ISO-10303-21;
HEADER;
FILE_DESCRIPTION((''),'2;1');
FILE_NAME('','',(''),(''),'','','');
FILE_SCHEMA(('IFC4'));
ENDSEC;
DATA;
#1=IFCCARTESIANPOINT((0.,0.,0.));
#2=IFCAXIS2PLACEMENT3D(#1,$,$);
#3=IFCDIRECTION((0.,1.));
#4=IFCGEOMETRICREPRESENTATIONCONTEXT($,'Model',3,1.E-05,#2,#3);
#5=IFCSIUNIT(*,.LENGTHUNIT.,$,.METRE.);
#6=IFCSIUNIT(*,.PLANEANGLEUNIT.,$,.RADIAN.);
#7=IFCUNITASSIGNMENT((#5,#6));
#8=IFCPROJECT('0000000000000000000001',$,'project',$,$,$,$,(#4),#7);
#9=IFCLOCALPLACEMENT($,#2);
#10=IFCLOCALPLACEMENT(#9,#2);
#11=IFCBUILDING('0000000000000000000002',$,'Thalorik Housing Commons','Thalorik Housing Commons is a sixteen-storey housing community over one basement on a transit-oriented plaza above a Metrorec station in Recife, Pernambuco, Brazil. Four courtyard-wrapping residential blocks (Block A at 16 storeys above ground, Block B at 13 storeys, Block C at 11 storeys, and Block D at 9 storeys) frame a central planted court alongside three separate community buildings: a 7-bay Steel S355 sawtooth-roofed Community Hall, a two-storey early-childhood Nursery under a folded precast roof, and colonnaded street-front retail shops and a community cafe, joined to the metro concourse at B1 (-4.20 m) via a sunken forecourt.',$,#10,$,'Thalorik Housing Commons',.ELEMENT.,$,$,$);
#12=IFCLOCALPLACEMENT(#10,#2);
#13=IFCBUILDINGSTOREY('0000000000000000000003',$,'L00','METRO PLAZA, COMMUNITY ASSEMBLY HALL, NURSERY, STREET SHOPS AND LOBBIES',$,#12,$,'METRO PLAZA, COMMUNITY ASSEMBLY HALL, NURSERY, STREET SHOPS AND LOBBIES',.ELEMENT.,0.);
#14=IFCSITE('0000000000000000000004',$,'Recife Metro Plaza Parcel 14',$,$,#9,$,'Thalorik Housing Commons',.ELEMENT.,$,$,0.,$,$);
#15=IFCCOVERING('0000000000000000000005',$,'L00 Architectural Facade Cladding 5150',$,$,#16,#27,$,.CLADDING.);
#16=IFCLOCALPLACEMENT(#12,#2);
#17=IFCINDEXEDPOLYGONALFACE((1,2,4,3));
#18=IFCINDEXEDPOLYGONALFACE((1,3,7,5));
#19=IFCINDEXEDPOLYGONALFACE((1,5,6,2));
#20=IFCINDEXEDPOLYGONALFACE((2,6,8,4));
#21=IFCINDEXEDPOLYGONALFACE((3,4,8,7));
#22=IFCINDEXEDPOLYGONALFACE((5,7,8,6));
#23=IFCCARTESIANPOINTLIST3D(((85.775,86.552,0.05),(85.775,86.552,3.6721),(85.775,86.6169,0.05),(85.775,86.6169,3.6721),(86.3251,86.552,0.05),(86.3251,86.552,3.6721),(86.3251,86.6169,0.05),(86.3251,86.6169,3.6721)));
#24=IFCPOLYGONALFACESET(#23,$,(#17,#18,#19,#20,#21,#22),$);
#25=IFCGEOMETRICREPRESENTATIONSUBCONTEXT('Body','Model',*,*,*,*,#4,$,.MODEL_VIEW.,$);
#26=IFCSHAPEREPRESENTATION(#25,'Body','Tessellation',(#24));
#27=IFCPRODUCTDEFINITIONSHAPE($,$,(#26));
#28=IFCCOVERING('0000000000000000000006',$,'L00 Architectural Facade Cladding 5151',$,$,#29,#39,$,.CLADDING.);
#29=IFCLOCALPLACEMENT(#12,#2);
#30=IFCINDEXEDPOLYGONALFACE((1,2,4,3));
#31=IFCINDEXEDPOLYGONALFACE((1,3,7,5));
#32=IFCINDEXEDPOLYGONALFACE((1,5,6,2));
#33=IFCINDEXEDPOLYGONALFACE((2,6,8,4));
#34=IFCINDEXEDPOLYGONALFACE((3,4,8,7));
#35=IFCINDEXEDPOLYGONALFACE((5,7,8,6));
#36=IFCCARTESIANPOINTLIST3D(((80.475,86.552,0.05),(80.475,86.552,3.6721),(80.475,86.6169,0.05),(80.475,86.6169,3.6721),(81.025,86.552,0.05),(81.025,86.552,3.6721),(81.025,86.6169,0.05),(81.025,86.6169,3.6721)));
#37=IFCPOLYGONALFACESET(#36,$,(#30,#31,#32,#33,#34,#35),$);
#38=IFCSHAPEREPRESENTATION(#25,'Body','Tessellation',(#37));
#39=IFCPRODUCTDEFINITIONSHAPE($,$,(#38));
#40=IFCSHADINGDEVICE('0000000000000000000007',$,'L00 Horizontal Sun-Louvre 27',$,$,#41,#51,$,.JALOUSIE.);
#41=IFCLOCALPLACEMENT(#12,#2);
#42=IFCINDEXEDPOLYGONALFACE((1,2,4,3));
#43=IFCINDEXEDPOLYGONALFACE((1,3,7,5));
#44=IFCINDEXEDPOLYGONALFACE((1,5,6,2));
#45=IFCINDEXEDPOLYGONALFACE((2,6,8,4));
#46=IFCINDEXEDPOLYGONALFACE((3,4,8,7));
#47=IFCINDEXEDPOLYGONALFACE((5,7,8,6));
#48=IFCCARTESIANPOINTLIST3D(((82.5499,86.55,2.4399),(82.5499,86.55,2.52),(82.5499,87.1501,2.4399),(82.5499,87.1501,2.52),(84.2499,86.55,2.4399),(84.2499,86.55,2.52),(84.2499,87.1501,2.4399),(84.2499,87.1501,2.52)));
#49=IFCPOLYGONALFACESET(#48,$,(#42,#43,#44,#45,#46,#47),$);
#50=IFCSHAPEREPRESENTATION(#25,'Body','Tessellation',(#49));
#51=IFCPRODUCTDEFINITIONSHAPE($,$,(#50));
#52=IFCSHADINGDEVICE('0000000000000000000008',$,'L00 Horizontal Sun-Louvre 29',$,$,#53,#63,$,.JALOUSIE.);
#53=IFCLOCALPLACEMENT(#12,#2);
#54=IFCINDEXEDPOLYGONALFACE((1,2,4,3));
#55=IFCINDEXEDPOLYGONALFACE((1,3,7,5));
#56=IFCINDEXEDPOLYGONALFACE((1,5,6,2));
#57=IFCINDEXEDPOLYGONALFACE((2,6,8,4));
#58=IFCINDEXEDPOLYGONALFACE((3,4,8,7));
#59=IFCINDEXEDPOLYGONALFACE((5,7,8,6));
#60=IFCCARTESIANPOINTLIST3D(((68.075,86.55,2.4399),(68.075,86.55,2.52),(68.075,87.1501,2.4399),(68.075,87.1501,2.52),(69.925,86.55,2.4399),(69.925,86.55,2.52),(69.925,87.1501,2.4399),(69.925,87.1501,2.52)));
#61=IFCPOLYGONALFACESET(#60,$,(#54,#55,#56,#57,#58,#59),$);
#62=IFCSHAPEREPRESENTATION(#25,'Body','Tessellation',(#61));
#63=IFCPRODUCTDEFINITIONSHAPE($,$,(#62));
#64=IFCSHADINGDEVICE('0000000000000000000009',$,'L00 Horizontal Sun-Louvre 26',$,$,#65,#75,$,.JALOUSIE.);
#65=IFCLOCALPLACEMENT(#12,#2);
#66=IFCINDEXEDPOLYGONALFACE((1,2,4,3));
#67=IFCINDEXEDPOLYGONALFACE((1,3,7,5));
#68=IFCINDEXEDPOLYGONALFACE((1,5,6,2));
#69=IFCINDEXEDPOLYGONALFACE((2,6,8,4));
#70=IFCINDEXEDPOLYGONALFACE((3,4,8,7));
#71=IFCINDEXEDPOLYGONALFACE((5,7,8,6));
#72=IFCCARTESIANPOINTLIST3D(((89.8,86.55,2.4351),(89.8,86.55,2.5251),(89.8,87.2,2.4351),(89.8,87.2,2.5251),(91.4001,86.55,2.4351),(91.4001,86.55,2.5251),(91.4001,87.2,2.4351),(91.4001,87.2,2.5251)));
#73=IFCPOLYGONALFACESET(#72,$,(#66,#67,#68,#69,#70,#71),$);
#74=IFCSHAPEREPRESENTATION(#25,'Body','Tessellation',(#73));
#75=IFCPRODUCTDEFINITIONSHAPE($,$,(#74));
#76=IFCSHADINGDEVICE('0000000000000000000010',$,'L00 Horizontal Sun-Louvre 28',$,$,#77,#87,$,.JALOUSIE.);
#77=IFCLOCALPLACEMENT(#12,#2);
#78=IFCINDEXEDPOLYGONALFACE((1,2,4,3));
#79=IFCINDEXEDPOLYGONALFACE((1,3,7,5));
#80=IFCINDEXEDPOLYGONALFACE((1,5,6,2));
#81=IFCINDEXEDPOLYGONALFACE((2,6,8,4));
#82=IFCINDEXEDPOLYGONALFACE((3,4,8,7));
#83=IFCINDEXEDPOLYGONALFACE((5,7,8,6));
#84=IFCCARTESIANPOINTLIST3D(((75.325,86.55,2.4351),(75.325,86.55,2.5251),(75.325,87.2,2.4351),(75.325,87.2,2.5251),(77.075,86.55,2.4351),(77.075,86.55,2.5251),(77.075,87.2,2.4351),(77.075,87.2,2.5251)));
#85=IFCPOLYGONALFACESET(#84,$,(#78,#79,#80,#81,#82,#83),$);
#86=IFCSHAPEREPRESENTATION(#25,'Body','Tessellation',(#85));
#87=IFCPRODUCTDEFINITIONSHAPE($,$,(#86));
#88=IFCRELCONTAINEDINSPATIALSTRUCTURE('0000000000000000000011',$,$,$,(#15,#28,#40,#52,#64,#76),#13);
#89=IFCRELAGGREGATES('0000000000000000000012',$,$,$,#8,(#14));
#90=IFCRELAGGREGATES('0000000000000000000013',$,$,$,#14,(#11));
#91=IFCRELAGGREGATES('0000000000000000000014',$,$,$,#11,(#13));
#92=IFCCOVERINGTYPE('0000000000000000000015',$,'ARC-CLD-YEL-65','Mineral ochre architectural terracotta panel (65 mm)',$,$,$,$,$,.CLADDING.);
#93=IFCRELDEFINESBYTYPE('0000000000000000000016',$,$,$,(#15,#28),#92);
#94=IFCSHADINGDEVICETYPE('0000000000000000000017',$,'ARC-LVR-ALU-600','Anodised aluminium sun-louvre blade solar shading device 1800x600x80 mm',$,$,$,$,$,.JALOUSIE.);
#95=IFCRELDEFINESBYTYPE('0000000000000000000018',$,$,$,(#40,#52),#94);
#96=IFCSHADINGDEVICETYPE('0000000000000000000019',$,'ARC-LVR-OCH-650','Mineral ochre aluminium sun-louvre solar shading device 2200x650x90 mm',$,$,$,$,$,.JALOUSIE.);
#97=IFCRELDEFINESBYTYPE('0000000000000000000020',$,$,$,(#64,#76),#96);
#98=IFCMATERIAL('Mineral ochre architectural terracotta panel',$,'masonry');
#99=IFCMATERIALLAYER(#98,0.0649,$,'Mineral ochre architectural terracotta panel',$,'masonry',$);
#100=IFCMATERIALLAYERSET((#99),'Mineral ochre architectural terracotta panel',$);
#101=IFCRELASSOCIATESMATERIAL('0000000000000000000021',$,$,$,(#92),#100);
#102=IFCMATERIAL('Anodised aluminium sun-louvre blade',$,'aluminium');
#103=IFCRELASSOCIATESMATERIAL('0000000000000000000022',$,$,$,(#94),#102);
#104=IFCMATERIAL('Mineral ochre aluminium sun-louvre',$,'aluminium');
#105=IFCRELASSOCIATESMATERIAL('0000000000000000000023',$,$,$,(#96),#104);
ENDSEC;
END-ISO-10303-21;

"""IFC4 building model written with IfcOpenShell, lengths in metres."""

from ifc_helpers import new_model, si_unit, direction, frame, origin, origin_2d, place, context, subcontext, project, spatial, rectangle, extrude, material, layer, layer_set, type_object, element, save


model = new_model("IFC4")

# Units and contexts
model_context = context("Model", 3, precision=1e-05, world=origin(), true_north=direction((0.0, 1.0)))
body_context = subcontext(model_context, "Body", "Model", "MODEL_VIEW")
ifc_project = project(units=[si_unit("LENGTHUNIT", "METRE"), si_unit("PLANEANGLEUNIT", "RADIAN")], contexts=[model_context])

# Site, building, storey
site_placement = place(None, origin())
site = spatial("IfcSite", under=ifc_project, at=site_placement, Name="Recife Metro Plaza Parcel 14", LongName="Thalorik Housing Commons", CompositionType="ELEMENT", RefElevation=0.0)
building_placement = place(site_placement, origin())
building = spatial("IfcBuilding", under=site, at=building_placement, Name="Thalorik Housing Commons", Description="Thalorik Housing Commons is a sixteen-storey housing community over one basement on a transit-oriented plaza above a Metrorec station in Recife, Pernambuco, Brazil. Four courtyard-wrapping residential blocks (Block A at 16 storeys above ground, Block B at 13 storeys, Block C at 11 storeys, and Block D at 9 storeys) frame a central planted court alongside three separate community buildings: a 7-bay Steel S355 sawtooth-roofed Community Hall, a two-storey early-childhood Nursery under a folded precast roof, and colonnaded street-front retail shops and a community cafe, joined to the metro concourse at B1 (-4.20 m) via a sunken forecourt.", LongName="Thalorik Housing Commons", CompositionType="ELEMENT")
storey_placement = place(building_placement, origin())
storey = spatial("IfcBuildingStorey", under=building, at=storey_placement, Name="L00", Description="METRO PLAZA, COMMUNITY ASSEMBLY HALL, NURSERY, STREET SHOPS AND LOBBIES", LongName="METRO PLAZA, COMMUNITY ASSEMBLY HALL, NURSERY, STREET SHOPS AND LOBBIES", CompositionType="ELEMENT", Elevation=0.0)

# Coverings
ifc_material_1 = material(Name="Mineral ochre architectural terracotta panel", Category="masonry")
ifc_layer_1 = layer(ifc_material_1, 0.0649, Name="Mineral ochre architectural terracotta panel", Category="masonry")
ifc_layer_set_1 = layer_set([ifc_layer_1], Name="Mineral ochre architectural terracotta panel")
covering_type_1 = type_object("IfcCoveringType", Name="ARC-CLD-YEL-65", Description="Mineral ochre architectural terracotta panel (65 mm)", PredefinedType="CLADDING", material=ifc_layer_set_1)
for number, where, z_axis, x_axis, name in (
    (1, (86.05, 86.5845, 0.05), (0.0, 0.0, 1.0), (-1.0, 0.0, 0.0), "L00 Architectural Facade Cladding 5150"),
    (2, (80.75, 86.5845, 0.05), (0.0, 0.0, 1.0), (-1.0, 0.0, 0.0), "L00 Architectural Facade Cladding 5151"),
):
    element("IfcCovering", number, at=place(storey_placement, frame(where, z_axis=z_axis, x_axis=x_axis)), inside=storey, type_object=covering_type_1, Name=name, PredefinedType="CLADDING", context=body_context, shape_type="SweptSolid", body=[
        extrude(rectangle(XDim=0.55, YDim=0.0649, at=origin_2d()), origin(), (0.0, 0.0, 1.0), 3.6221),
    ])

# Shading devices
ifc_material_2 = material(Name="Anodised aluminium sun-louvre blade", Category="aluminium")
shading_device_type_1 = type_object("IfcShadingDeviceType", Name="ARC-LVR-ALU-600", Description="Anodised aluminium sun-louvre blade solar shading device 1800x600x80 mm", PredefinedType="JALOUSIE", material=ifc_material_2)
shading_device_1_placement = place(storey_placement, frame((83.3999, 86.8501, 2.4399), z_axis=(0.0, 0.0, 1.0), x_axis=(-1.0, 0.0, 0.0)))
element("IfcShadingDevice", 3, at=shading_device_1_placement, inside=storey, type_object=shading_device_type_1, Name="L00 Horizontal Sun-Louvre 27", PredefinedType="JALOUSIE", context=body_context, shape_type="SweptSolid", body=[
    extrude(rectangle(XDim=1.7, YDim=0.6001, at=origin_2d()), origin(), (0.0, 0.0, 1.0), 0.0801),
])
shading_device_2_placement = place(storey_placement, frame((69.0, 86.8501, 2.4399), z_axis=(0.0, 0.0, 1.0), x_axis=(-1.0, 0.0, 0.0)))
element("IfcShadingDevice", 4, at=shading_device_2_placement, inside=storey, type_object=shading_device_type_1, Name="L00 Horizontal Sun-Louvre 29", PredefinedType="JALOUSIE", context=body_context, shape_type="SweptSolid", body=[
    extrude(rectangle(XDim=1.8501, YDim=0.6001, at=origin_2d()), origin(), (0.0, 0.0, 1.0), 0.0801),
])
ifc_material_3 = material(Name="Mineral ochre aluminium sun-louvre", Category="aluminium")
shading_device_type_2 = type_object("IfcShadingDeviceType", Name="ARC-LVR-OCH-650", Description="Mineral ochre aluminium sun-louvre solar shading device 2200x650x90 mm", PredefinedType="JALOUSIE", material=ifc_material_3)
shading_device_3_placement = place(storey_placement, frame((90.6001, 86.875, 2.4351), z_axis=(0.0, 0.0, 1.0), x_axis=(-1.0, 0.0, 0.0)))
element("IfcShadingDevice", 5, at=shading_device_3_placement, inside=storey, type_object=shading_device_type_2, Name="L00 Horizontal Sun-Louvre 26", PredefinedType="JALOUSIE", context=body_context, shape_type="SweptSolid", body=[
    extrude(rectangle(XDim=1.6001, YDim=0.6499, at=origin_2d()), origin(), (0.0, 0.0, 1.0), 0.0901),
])
shading_device_4_placement = place(storey_placement, frame((76.2, 86.875, 2.4351), z_axis=(0.0, 0.0, 1.0), x_axis=(-1.0, 0.0, 0.0)))
element("IfcShadingDevice", 6, at=shading_device_4_placement, inside=storey, type_object=shading_device_type_2, Name="L00 Horizontal Sun-Louvre 28", PredefinedType="JALOUSIE", context=body_context, shape_type="SweptSolid", body=[
    extrude(rectangle(XDim=1.75, YDim=0.6499, at=origin_2d()), origin(), (0.0, 0.0, 1.0), 0.0901),
])

save(model, "model.ifc")
